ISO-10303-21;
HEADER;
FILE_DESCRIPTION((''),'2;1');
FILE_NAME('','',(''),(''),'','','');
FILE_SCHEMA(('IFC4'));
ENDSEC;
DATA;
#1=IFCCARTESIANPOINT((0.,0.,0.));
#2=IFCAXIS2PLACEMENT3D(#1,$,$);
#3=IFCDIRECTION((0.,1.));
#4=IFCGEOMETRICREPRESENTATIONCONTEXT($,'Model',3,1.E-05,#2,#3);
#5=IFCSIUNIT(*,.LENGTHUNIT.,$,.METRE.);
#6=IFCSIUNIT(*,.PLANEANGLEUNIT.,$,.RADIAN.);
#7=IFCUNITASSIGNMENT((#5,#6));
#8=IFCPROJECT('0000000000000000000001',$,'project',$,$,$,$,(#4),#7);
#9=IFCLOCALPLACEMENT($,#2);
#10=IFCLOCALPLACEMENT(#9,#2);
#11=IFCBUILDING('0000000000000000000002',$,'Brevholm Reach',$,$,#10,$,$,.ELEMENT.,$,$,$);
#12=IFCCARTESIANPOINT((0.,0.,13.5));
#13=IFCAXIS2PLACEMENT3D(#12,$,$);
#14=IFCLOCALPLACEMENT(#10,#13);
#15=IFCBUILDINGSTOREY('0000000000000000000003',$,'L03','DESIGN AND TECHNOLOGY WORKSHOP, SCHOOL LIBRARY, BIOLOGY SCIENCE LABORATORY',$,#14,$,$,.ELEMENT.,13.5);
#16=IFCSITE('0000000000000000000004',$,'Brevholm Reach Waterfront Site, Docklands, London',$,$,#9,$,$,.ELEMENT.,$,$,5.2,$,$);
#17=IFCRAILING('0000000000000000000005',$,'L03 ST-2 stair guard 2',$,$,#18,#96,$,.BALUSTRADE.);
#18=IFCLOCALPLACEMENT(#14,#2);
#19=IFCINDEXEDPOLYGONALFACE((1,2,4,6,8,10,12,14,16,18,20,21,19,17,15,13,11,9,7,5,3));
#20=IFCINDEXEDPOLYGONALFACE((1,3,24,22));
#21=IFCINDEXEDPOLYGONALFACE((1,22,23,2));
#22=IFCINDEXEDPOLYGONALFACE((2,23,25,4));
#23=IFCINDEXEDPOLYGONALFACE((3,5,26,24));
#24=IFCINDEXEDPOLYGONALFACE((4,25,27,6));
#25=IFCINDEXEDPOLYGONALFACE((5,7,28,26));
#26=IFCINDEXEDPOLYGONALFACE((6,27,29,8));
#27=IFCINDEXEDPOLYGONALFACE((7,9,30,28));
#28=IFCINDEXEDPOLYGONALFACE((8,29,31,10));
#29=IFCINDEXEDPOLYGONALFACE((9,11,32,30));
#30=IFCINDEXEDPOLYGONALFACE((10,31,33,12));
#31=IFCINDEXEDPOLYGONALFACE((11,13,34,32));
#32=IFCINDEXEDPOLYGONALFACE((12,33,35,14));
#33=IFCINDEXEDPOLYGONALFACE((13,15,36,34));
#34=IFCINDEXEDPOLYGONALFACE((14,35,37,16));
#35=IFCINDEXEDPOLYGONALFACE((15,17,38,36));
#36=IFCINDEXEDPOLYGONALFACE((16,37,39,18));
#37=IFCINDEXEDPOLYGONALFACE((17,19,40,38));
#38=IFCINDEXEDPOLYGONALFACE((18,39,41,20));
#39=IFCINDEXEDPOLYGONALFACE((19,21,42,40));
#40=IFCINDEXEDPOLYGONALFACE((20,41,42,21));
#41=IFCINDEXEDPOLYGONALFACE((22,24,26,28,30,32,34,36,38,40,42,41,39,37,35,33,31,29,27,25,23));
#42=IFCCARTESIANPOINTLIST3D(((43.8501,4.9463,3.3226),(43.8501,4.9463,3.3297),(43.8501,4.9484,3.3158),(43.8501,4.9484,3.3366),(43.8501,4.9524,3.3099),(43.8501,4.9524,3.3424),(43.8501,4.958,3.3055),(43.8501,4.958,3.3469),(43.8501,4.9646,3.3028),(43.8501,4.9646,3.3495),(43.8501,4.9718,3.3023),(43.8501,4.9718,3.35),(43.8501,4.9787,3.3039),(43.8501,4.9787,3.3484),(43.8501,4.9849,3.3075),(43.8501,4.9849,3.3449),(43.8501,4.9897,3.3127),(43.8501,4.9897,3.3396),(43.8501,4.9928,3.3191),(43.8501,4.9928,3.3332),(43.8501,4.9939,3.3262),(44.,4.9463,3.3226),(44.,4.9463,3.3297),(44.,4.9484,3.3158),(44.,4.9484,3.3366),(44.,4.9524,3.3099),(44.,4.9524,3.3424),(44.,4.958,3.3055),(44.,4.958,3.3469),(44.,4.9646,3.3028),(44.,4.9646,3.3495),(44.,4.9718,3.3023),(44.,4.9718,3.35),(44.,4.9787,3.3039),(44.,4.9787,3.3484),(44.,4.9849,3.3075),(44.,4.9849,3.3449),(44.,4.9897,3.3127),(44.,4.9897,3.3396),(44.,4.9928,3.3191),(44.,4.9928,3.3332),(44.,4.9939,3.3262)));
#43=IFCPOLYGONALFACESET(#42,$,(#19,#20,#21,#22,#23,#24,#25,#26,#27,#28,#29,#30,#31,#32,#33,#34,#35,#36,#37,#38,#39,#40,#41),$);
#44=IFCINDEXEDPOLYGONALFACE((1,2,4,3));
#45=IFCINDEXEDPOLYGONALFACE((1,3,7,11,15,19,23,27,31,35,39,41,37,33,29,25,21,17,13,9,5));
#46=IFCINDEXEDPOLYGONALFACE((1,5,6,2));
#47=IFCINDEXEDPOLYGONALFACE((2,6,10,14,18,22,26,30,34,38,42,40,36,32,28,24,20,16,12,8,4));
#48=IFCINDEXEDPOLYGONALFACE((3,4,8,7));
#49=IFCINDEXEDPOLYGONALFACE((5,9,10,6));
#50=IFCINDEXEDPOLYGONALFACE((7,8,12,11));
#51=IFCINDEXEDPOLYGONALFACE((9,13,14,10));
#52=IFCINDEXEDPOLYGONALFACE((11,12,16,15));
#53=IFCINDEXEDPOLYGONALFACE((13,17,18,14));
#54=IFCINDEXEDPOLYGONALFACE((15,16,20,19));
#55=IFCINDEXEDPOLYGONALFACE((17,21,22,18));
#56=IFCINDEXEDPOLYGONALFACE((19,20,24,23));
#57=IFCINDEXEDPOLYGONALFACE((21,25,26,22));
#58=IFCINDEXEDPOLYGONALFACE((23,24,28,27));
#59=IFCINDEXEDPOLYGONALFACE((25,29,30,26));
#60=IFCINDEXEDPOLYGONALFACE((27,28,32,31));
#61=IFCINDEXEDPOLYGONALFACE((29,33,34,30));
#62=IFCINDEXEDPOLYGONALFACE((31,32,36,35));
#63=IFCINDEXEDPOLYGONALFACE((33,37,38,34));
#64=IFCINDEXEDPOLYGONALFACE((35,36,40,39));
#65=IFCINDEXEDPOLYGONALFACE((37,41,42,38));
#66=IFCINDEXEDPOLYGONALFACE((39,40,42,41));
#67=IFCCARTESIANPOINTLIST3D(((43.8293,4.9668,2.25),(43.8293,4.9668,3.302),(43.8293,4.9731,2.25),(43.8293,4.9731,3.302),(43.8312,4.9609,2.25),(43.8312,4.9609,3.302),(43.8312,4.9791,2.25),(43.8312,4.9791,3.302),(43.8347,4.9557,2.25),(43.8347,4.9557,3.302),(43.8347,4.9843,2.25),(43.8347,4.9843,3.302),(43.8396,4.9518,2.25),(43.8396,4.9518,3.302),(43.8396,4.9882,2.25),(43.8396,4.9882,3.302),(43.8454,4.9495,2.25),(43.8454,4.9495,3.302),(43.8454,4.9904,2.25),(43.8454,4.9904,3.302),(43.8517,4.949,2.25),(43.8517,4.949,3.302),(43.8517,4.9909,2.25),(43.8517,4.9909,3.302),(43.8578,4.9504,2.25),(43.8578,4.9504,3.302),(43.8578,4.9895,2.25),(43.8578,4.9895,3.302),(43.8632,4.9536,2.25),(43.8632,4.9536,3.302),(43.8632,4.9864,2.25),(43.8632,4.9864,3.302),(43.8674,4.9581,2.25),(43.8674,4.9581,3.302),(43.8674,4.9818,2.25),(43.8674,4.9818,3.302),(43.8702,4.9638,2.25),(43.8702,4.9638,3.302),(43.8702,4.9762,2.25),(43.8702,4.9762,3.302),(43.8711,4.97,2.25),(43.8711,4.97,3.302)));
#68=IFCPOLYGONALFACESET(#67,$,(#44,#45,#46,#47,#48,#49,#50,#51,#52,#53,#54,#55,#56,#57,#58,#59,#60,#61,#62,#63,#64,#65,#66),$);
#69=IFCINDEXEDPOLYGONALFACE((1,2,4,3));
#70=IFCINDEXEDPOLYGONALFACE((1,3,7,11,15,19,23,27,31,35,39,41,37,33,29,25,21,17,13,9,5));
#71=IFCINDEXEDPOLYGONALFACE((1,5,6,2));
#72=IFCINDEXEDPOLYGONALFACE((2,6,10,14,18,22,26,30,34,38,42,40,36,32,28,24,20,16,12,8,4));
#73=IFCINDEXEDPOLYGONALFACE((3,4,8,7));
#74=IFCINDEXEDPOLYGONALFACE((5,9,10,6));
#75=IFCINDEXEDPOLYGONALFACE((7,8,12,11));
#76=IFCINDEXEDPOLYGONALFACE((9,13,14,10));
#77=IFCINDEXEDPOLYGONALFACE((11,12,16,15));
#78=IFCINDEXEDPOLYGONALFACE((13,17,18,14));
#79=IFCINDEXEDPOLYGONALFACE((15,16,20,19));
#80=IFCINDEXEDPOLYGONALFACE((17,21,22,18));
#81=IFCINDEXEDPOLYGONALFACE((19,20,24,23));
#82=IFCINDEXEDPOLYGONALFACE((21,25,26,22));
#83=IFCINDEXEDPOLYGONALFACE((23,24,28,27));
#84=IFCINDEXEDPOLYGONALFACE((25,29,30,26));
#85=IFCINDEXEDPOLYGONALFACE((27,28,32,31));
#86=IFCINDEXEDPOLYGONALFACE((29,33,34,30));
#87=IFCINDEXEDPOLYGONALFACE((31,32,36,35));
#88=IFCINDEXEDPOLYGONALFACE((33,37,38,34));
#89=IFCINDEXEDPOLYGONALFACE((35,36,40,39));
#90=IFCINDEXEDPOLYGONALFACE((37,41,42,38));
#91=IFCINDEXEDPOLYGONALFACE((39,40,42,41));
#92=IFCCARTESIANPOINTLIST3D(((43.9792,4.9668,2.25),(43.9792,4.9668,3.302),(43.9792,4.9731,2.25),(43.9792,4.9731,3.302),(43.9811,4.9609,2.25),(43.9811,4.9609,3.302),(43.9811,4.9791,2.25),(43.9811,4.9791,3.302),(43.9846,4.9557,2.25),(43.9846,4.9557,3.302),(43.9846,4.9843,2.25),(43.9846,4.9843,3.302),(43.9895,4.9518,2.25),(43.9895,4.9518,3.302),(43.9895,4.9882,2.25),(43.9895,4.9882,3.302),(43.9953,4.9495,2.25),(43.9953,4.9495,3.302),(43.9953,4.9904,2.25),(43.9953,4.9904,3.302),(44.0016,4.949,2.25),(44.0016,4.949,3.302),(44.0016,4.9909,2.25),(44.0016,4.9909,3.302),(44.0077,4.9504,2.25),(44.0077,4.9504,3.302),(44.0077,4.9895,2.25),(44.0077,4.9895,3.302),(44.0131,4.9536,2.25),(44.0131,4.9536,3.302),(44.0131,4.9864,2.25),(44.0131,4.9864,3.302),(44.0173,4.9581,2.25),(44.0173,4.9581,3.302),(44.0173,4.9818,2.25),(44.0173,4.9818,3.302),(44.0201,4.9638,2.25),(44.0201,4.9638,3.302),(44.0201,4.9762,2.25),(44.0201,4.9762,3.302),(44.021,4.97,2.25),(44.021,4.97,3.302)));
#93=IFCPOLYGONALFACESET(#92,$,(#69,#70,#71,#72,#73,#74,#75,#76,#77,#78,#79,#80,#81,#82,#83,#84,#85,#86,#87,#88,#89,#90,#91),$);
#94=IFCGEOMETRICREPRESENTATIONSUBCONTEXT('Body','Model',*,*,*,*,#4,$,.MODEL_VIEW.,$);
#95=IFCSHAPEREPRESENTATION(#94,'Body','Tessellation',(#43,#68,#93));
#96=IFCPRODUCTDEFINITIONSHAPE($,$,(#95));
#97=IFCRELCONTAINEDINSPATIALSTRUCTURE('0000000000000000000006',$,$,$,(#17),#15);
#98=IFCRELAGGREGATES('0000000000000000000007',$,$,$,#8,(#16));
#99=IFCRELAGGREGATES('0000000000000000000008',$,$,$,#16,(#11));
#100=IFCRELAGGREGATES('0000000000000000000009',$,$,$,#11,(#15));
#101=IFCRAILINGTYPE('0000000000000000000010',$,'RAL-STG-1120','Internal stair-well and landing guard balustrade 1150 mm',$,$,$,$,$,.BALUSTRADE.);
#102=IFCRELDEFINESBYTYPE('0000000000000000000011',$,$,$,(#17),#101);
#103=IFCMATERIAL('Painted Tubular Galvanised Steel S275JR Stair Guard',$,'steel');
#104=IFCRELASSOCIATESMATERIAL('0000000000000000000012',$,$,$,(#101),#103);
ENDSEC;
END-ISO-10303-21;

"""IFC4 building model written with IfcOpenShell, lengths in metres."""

from ifc_helpers import new_model, si_unit, direction, frame, origin, origin_2d, place, context, subcontext, project, spatial, circle, extrude, material, type_object, element, save


model = new_model("IFC4")

# Units and contexts
model_context = context("Model", 3, precision=1e-05, world=origin(), true_north=direction((0.0, 1.0)))
body_context = subcontext(model_context, "Body", "Model", "MODEL_VIEW")
ifc_project = project(units=[si_unit("LENGTHUNIT", "METRE"), si_unit("PLANEANGLEUNIT", "RADIAN")], contexts=[model_context])

# Site, building, storey
site_placement = place(None, origin())
site = spatial("IfcSite", under=ifc_project, at=site_placement, Name="Brevholm Reach Waterfront Site, Docklands, London", CompositionType="ELEMENT", RefElevation=5.2)
building_placement = place(site_placement, origin())
building = spatial("IfcBuilding", under=site, at=building_placement, Name="Brevholm Reach", CompositionType="ELEMENT")
storey_placement = place(building_placement, frame((0.0, 0.0, 13.5)))
storey = spatial("IfcBuildingStorey", under=building, at=storey_placement, Name="L03", Description="DESIGN AND TECHNOLOGY WORKSHOP, SCHOOL LIBRARY, BIOLOGY SCIENCE LABORATORY", CompositionType="ELEMENT", Elevation=13.5)

# Railing
ifc_material_1 = material(Name="Painted Tubular Galvanised Steel S275JR Stair Guard", Category="steel")
railing_type_1 = type_object("IfcRailingType", Name="RAL-STG-1120", Description="Internal stair-well and landing guard balustrade 1150 mm", PredefinedType="BALUSTRADE", material=ifc_material_1)
railing_1_placement = place(storey_placement, frame((43.8501, 4.97, 2.25)))
element("IfcRailing", 1, at=railing_1_placement, inside=storey, type_object=railing_type_1, Name="L03 ST-2 stair guard 2", PredefinedType="BALUSTRADE", context=body_context, shape_type="SweptSolid", body=[
    extrude(circle(Radius=0.0239, at=origin_2d()), frame((0.0, 0.0, 1.0762), z_axis=(1.0, 0.0, 0.0), x_axis=(0.0, 1.0, 0.0)), (0.0, 0.0, 1.0), 0.1499),
    extrude(circle(Radius=0.021, at=origin_2d()), origin(), (0.0, 0.0, 1.0), 1.052),
    extrude(circle(Radius=0.021, at=origin_2d()), frame((0.1499, 0.0, 0.0)), (0.0, 0.0, 1.0), 1.052),
])

save(model, "model.ifc")
